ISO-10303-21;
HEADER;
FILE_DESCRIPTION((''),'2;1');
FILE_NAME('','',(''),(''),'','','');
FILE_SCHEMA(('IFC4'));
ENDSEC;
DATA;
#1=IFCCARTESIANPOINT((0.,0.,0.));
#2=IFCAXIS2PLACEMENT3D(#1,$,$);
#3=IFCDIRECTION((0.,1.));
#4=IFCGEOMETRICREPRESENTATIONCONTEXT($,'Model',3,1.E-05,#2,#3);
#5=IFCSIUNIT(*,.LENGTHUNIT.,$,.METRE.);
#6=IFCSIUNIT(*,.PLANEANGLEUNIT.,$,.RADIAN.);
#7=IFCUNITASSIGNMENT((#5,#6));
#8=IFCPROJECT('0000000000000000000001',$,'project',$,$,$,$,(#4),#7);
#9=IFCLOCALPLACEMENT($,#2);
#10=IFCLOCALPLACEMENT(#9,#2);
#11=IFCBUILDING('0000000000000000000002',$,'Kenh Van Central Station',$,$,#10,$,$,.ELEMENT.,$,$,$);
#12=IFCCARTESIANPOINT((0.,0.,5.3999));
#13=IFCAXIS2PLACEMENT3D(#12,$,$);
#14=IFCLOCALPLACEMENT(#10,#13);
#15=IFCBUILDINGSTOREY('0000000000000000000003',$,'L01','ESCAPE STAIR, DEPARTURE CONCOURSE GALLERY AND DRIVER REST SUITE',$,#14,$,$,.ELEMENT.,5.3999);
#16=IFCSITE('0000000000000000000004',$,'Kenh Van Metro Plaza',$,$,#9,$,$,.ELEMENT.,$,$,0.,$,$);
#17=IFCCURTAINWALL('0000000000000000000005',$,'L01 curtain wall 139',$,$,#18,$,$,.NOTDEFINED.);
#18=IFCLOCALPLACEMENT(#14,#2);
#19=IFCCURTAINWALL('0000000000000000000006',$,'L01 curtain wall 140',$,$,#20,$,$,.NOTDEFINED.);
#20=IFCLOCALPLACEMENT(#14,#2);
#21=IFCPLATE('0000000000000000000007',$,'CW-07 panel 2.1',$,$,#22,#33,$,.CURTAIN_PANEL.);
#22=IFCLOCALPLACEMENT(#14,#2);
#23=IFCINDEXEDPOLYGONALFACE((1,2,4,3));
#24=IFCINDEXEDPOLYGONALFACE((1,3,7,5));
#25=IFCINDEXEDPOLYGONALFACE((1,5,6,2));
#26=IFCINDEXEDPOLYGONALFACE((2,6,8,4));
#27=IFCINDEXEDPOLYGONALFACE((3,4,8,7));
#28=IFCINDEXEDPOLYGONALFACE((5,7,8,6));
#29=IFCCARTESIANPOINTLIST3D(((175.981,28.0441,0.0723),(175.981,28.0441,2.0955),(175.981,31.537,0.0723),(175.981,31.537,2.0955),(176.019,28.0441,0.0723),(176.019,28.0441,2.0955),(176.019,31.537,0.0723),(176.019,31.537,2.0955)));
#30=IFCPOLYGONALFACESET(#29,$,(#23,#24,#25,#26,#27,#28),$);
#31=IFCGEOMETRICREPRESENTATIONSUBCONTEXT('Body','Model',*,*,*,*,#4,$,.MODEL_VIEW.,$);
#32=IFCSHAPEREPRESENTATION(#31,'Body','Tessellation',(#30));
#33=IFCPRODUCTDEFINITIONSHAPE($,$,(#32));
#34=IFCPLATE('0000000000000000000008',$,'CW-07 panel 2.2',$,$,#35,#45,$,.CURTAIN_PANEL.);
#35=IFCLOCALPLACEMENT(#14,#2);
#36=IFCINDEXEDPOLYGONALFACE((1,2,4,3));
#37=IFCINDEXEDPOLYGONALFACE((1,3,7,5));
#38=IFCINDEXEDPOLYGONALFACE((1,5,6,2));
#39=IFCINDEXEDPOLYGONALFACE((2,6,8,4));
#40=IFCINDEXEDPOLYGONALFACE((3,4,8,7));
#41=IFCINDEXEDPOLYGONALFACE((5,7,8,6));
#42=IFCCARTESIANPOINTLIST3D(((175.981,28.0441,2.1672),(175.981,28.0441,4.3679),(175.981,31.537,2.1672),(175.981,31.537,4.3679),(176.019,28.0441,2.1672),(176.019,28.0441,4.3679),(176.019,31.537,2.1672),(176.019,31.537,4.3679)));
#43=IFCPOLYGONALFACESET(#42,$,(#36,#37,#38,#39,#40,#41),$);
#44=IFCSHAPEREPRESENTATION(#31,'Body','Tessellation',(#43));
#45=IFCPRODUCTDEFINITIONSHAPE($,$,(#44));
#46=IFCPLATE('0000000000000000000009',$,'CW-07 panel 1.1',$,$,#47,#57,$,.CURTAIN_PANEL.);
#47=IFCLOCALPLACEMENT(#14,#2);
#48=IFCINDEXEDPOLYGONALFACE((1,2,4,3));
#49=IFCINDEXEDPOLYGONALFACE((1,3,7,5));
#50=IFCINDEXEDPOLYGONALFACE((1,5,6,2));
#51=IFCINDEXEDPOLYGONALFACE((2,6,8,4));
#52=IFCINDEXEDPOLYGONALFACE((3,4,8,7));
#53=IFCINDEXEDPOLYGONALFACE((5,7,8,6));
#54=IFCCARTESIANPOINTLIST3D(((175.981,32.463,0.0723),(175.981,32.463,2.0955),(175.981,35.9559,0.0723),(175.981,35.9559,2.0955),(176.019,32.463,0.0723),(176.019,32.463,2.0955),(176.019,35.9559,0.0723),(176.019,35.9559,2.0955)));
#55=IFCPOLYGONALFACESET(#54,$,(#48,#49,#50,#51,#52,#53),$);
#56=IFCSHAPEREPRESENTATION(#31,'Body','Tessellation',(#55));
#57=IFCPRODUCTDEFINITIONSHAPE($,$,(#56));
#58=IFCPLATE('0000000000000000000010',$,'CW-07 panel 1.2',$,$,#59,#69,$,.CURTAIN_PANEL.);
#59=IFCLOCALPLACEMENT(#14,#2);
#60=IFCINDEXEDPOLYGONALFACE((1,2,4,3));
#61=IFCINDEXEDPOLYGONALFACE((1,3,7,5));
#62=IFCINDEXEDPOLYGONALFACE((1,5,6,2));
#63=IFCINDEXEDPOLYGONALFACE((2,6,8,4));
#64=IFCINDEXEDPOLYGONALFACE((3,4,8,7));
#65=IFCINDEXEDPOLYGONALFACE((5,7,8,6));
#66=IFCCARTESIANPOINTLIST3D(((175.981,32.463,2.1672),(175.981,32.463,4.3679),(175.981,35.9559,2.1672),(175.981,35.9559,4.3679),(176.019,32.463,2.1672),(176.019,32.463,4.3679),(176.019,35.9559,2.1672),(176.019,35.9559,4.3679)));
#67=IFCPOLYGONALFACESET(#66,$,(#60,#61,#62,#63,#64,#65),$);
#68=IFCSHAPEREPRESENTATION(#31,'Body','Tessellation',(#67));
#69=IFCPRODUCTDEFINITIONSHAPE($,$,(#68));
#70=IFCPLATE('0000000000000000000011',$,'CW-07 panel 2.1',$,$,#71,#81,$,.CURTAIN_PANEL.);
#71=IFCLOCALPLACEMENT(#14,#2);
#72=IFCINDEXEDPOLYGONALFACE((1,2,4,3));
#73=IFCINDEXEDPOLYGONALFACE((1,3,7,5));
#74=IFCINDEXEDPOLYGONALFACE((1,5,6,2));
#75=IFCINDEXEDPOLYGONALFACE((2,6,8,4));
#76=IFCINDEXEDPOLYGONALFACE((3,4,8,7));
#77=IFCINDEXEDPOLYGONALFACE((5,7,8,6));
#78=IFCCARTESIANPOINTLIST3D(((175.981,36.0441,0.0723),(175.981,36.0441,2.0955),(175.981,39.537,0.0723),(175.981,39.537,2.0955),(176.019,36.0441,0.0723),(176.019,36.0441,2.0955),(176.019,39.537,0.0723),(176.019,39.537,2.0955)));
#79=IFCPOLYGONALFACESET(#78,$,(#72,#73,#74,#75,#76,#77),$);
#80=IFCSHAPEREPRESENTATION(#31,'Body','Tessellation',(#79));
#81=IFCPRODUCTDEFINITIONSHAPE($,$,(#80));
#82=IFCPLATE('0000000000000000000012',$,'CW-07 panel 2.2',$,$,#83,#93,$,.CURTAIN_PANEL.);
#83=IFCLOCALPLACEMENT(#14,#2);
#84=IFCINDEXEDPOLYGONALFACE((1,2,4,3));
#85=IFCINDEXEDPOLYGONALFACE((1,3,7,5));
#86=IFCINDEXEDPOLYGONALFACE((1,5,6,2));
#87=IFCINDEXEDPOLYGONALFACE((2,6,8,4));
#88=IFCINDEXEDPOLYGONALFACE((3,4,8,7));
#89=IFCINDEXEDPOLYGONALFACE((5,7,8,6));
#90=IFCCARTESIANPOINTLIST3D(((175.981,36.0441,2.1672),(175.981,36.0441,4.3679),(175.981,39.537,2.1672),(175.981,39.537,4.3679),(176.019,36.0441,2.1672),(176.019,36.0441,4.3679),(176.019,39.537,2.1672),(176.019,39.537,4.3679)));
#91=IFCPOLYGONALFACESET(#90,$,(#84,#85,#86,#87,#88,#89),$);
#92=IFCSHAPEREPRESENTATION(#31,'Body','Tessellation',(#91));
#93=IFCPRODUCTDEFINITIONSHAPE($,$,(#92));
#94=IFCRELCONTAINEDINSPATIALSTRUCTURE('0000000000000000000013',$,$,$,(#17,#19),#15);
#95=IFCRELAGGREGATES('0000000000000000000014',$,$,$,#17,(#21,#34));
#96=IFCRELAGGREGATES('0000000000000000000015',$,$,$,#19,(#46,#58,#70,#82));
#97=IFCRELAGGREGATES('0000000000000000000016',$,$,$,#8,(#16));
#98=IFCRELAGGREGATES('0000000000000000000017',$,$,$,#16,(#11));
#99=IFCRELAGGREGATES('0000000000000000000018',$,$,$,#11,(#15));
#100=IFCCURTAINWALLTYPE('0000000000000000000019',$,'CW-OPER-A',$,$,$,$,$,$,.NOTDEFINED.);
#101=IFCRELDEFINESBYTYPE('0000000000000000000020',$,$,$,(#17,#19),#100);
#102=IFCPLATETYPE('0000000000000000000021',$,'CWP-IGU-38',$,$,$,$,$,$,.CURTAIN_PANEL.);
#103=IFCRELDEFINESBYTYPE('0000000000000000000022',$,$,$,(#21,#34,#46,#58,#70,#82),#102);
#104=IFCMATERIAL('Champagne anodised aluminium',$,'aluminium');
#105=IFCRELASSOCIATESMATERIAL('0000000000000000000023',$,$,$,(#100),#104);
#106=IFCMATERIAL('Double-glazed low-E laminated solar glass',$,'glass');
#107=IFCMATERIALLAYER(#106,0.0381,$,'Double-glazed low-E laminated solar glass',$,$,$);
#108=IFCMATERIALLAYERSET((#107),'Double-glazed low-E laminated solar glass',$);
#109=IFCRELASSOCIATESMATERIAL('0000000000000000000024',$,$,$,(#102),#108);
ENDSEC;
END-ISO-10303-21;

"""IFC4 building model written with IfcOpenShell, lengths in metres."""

from ifc_helpers import new_model, si_unit, direction, frame, origin, origin_2d, place, context, subcontext, project, spatial, rectangle, extrude, material, layer, layer_set, type_object, element, aggregate, save


model = new_model("IFC4")

# Units and contexts
model_context = context("Model", 3, precision=1e-05, world=origin(), true_north=direction((0.0, 1.0)))
body_context = subcontext(model_context, "Body", "Model", "MODEL_VIEW")
ifc_project = project(units=[si_unit("LENGTHUNIT", "METRE"), si_unit("PLANEANGLEUNIT", "RADIAN")], contexts=[model_context])

# Site, building, storey
site_placement = place(None, origin())
site = spatial("IfcSite", under=ifc_project, at=site_placement, Name="Kenh Van Metro Plaza", CompositionType="ELEMENT", RefElevation=0.0)
building_placement = place(site_placement, origin())
building = spatial("IfcBuilding", under=site, at=building_placement, Name="Kenh Van Central Station", CompositionType="ELEMENT")
storey_placement = place(building_placement, frame((0.0, 0.0, 5.3999)))
storey = spatial("IfcBuildingStorey", under=building, at=storey_placement, Name="L01", Description="ESCAPE STAIR, DEPARTURE CONCOURSE GALLERY AND DRIVER REST SUITE", CompositionType="ELEMENT", Elevation=5.3999)

# Curtain walls
ifc_material_1 = material(Name="Champagne anodised aluminium", Category="aluminium")
curtain_wall_type = type_object("IfcCurtainWallType", Name="CW-OPER-A", PredefinedType="NOTDEFINED", material=ifc_material_1)
curtain_wall_1_placement = place(storey_placement, origin())
curtain_wall_1 = element("IfcCurtainWall", 1, at=curtain_wall_1_placement, inside=storey, type_object=curtain_wall_type, Name="L01 curtain wall 139", PredefinedType="NOTDEFINED")
curtain_wall_2_placement = place(storey_placement, origin())
curtain_wall_2 = element("IfcCurtainWall", 2, at=curtain_wall_2_placement, inside=storey, type_object=curtain_wall_type, Name="L01 curtain wall 140", PredefinedType="NOTDEFINED")

# Plates
ifc_material_2 = material(Name="Double-glazed low-E laminated solar glass", Category="glass")
ifc_layer = layer(ifc_material_2, 0.0381, Name="Double-glazed low-E laminated solar glass")
ifc_layer_set = layer_set([ifc_layer], Name="Double-glazed low-E laminated solar glass")
plate_type = type_object("IfcPlateType", Name="CWP-IGU-38", PredefinedType="CURTAIN_PANEL", material=ifc_layer_set)
plate_1_placement = place(storey_placement, frame((176.0, 29.7905, 0.0723), z_axis=(0.0, 0.0, 1.0), x_axis=(0.0, 1.0, 0.0)))
plate_1 = element("IfcPlate", 3, at=plate_1_placement, type_object=plate_type, Name="CW-07 panel 2.1", PredefinedType="CURTAIN_PANEL", context=body_context, shape_type="SweptSolid", body=[
    extrude(rectangle(XDim=3.4929, YDim=0.0381, at=origin_2d()), origin(), (0.0, 0.0, 1.0), 2.0232),
])
plate_2_placement = place(storey_placement, frame((176.0, 29.7905, 2.1672), z_axis=(0.0, 0.0, 1.0), x_axis=(0.0, 1.0, 0.0)))
plate_2 = element("IfcPlate", 4, at=plate_2_placement, type_object=plate_type, Name="CW-07 panel 2.2", PredefinedType="CURTAIN_PANEL", context=body_context, shape_type="SweptSolid", body=[
    extrude(rectangle(XDim=3.4929, YDim=0.0381, at=origin_2d()), origin(), (0.0, 0.0, 1.0), 2.2007),
])
aggregate(curtain_wall_1, [plate_1, plate_2])
plate_3_placement = place(storey_placement, frame((176.0, 34.2095, 0.0723), z_axis=(0.0, 0.0, 1.0), x_axis=(0.0, 1.0, 0.0)))
plate_3 = element("IfcPlate", 5, at=plate_3_placement, type_object=plate_type, Name="CW-07 panel 1.1", PredefinedType="CURTAIN_PANEL", context=body_context, shape_type="SweptSolid", body=[
    extrude(rectangle(XDim=3.4929, YDim=0.0381, at=origin_2d()), origin(), (0.0, 0.0, 1.0), 2.0232),
])
plate_4_placement = place(storey_placement, frame((176.0, 34.2095, 2.1672), z_axis=(0.0, 0.0, 1.0), x_axis=(0.0, 1.0, 0.0)))
plate_4 = element("IfcPlate", 6, at=plate_4_placement, type_object=plate_type, Name="CW-07 panel 1.2", PredefinedType="CURTAIN_PANEL", context=body_context, shape_type="SweptSolid", body=[
    extrude(rectangle(XDim=3.4929, YDim=0.0381, at=origin_2d()), origin(), (0.0, 0.0, 1.0), 2.2007),
])
plate_5_placement = place(storey_placement, frame((176.0, 37.7905, 0.0723), z_axis=(0.0, 0.0, 1.0), x_axis=(0.0, 1.0, 0.0)))
plate_5 = element("IfcPlate", 7, at=plate_5_placement, type_object=plate_type, Name="CW-07 panel 2.1", PredefinedType="CURTAIN_PANEL", context=body_context, shape_type="SweptSolid", body=[
    extrude(rectangle(XDim=3.4929, YDim=0.0381, at=origin_2d()), origin(), (0.0, 0.0, 1.0), 2.0232),
])
plate_6_placement = place(storey_placement, frame((176.0, 37.7905, 2.1672), z_axis=(0.0, 0.0, 1.0), x_axis=(0.0, 1.0, 0.0)))
plate_6 = element("IfcPlate", 8, at=plate_6_placement, type_object=plate_type, Name="CW-07 panel 2.2", PredefinedType="CURTAIN_PANEL", context=body_context, shape_type="SweptSolid", body=[
    extrude(rectangle(XDim=3.4929, YDim=0.0381, at=origin_2d()), origin(), (0.0, 0.0, 1.0), 2.2007),
])
aggregate(curtain_wall_2, [plate_3, plate_4, plate_5, plate_6])

save(model, "model.ifc")
